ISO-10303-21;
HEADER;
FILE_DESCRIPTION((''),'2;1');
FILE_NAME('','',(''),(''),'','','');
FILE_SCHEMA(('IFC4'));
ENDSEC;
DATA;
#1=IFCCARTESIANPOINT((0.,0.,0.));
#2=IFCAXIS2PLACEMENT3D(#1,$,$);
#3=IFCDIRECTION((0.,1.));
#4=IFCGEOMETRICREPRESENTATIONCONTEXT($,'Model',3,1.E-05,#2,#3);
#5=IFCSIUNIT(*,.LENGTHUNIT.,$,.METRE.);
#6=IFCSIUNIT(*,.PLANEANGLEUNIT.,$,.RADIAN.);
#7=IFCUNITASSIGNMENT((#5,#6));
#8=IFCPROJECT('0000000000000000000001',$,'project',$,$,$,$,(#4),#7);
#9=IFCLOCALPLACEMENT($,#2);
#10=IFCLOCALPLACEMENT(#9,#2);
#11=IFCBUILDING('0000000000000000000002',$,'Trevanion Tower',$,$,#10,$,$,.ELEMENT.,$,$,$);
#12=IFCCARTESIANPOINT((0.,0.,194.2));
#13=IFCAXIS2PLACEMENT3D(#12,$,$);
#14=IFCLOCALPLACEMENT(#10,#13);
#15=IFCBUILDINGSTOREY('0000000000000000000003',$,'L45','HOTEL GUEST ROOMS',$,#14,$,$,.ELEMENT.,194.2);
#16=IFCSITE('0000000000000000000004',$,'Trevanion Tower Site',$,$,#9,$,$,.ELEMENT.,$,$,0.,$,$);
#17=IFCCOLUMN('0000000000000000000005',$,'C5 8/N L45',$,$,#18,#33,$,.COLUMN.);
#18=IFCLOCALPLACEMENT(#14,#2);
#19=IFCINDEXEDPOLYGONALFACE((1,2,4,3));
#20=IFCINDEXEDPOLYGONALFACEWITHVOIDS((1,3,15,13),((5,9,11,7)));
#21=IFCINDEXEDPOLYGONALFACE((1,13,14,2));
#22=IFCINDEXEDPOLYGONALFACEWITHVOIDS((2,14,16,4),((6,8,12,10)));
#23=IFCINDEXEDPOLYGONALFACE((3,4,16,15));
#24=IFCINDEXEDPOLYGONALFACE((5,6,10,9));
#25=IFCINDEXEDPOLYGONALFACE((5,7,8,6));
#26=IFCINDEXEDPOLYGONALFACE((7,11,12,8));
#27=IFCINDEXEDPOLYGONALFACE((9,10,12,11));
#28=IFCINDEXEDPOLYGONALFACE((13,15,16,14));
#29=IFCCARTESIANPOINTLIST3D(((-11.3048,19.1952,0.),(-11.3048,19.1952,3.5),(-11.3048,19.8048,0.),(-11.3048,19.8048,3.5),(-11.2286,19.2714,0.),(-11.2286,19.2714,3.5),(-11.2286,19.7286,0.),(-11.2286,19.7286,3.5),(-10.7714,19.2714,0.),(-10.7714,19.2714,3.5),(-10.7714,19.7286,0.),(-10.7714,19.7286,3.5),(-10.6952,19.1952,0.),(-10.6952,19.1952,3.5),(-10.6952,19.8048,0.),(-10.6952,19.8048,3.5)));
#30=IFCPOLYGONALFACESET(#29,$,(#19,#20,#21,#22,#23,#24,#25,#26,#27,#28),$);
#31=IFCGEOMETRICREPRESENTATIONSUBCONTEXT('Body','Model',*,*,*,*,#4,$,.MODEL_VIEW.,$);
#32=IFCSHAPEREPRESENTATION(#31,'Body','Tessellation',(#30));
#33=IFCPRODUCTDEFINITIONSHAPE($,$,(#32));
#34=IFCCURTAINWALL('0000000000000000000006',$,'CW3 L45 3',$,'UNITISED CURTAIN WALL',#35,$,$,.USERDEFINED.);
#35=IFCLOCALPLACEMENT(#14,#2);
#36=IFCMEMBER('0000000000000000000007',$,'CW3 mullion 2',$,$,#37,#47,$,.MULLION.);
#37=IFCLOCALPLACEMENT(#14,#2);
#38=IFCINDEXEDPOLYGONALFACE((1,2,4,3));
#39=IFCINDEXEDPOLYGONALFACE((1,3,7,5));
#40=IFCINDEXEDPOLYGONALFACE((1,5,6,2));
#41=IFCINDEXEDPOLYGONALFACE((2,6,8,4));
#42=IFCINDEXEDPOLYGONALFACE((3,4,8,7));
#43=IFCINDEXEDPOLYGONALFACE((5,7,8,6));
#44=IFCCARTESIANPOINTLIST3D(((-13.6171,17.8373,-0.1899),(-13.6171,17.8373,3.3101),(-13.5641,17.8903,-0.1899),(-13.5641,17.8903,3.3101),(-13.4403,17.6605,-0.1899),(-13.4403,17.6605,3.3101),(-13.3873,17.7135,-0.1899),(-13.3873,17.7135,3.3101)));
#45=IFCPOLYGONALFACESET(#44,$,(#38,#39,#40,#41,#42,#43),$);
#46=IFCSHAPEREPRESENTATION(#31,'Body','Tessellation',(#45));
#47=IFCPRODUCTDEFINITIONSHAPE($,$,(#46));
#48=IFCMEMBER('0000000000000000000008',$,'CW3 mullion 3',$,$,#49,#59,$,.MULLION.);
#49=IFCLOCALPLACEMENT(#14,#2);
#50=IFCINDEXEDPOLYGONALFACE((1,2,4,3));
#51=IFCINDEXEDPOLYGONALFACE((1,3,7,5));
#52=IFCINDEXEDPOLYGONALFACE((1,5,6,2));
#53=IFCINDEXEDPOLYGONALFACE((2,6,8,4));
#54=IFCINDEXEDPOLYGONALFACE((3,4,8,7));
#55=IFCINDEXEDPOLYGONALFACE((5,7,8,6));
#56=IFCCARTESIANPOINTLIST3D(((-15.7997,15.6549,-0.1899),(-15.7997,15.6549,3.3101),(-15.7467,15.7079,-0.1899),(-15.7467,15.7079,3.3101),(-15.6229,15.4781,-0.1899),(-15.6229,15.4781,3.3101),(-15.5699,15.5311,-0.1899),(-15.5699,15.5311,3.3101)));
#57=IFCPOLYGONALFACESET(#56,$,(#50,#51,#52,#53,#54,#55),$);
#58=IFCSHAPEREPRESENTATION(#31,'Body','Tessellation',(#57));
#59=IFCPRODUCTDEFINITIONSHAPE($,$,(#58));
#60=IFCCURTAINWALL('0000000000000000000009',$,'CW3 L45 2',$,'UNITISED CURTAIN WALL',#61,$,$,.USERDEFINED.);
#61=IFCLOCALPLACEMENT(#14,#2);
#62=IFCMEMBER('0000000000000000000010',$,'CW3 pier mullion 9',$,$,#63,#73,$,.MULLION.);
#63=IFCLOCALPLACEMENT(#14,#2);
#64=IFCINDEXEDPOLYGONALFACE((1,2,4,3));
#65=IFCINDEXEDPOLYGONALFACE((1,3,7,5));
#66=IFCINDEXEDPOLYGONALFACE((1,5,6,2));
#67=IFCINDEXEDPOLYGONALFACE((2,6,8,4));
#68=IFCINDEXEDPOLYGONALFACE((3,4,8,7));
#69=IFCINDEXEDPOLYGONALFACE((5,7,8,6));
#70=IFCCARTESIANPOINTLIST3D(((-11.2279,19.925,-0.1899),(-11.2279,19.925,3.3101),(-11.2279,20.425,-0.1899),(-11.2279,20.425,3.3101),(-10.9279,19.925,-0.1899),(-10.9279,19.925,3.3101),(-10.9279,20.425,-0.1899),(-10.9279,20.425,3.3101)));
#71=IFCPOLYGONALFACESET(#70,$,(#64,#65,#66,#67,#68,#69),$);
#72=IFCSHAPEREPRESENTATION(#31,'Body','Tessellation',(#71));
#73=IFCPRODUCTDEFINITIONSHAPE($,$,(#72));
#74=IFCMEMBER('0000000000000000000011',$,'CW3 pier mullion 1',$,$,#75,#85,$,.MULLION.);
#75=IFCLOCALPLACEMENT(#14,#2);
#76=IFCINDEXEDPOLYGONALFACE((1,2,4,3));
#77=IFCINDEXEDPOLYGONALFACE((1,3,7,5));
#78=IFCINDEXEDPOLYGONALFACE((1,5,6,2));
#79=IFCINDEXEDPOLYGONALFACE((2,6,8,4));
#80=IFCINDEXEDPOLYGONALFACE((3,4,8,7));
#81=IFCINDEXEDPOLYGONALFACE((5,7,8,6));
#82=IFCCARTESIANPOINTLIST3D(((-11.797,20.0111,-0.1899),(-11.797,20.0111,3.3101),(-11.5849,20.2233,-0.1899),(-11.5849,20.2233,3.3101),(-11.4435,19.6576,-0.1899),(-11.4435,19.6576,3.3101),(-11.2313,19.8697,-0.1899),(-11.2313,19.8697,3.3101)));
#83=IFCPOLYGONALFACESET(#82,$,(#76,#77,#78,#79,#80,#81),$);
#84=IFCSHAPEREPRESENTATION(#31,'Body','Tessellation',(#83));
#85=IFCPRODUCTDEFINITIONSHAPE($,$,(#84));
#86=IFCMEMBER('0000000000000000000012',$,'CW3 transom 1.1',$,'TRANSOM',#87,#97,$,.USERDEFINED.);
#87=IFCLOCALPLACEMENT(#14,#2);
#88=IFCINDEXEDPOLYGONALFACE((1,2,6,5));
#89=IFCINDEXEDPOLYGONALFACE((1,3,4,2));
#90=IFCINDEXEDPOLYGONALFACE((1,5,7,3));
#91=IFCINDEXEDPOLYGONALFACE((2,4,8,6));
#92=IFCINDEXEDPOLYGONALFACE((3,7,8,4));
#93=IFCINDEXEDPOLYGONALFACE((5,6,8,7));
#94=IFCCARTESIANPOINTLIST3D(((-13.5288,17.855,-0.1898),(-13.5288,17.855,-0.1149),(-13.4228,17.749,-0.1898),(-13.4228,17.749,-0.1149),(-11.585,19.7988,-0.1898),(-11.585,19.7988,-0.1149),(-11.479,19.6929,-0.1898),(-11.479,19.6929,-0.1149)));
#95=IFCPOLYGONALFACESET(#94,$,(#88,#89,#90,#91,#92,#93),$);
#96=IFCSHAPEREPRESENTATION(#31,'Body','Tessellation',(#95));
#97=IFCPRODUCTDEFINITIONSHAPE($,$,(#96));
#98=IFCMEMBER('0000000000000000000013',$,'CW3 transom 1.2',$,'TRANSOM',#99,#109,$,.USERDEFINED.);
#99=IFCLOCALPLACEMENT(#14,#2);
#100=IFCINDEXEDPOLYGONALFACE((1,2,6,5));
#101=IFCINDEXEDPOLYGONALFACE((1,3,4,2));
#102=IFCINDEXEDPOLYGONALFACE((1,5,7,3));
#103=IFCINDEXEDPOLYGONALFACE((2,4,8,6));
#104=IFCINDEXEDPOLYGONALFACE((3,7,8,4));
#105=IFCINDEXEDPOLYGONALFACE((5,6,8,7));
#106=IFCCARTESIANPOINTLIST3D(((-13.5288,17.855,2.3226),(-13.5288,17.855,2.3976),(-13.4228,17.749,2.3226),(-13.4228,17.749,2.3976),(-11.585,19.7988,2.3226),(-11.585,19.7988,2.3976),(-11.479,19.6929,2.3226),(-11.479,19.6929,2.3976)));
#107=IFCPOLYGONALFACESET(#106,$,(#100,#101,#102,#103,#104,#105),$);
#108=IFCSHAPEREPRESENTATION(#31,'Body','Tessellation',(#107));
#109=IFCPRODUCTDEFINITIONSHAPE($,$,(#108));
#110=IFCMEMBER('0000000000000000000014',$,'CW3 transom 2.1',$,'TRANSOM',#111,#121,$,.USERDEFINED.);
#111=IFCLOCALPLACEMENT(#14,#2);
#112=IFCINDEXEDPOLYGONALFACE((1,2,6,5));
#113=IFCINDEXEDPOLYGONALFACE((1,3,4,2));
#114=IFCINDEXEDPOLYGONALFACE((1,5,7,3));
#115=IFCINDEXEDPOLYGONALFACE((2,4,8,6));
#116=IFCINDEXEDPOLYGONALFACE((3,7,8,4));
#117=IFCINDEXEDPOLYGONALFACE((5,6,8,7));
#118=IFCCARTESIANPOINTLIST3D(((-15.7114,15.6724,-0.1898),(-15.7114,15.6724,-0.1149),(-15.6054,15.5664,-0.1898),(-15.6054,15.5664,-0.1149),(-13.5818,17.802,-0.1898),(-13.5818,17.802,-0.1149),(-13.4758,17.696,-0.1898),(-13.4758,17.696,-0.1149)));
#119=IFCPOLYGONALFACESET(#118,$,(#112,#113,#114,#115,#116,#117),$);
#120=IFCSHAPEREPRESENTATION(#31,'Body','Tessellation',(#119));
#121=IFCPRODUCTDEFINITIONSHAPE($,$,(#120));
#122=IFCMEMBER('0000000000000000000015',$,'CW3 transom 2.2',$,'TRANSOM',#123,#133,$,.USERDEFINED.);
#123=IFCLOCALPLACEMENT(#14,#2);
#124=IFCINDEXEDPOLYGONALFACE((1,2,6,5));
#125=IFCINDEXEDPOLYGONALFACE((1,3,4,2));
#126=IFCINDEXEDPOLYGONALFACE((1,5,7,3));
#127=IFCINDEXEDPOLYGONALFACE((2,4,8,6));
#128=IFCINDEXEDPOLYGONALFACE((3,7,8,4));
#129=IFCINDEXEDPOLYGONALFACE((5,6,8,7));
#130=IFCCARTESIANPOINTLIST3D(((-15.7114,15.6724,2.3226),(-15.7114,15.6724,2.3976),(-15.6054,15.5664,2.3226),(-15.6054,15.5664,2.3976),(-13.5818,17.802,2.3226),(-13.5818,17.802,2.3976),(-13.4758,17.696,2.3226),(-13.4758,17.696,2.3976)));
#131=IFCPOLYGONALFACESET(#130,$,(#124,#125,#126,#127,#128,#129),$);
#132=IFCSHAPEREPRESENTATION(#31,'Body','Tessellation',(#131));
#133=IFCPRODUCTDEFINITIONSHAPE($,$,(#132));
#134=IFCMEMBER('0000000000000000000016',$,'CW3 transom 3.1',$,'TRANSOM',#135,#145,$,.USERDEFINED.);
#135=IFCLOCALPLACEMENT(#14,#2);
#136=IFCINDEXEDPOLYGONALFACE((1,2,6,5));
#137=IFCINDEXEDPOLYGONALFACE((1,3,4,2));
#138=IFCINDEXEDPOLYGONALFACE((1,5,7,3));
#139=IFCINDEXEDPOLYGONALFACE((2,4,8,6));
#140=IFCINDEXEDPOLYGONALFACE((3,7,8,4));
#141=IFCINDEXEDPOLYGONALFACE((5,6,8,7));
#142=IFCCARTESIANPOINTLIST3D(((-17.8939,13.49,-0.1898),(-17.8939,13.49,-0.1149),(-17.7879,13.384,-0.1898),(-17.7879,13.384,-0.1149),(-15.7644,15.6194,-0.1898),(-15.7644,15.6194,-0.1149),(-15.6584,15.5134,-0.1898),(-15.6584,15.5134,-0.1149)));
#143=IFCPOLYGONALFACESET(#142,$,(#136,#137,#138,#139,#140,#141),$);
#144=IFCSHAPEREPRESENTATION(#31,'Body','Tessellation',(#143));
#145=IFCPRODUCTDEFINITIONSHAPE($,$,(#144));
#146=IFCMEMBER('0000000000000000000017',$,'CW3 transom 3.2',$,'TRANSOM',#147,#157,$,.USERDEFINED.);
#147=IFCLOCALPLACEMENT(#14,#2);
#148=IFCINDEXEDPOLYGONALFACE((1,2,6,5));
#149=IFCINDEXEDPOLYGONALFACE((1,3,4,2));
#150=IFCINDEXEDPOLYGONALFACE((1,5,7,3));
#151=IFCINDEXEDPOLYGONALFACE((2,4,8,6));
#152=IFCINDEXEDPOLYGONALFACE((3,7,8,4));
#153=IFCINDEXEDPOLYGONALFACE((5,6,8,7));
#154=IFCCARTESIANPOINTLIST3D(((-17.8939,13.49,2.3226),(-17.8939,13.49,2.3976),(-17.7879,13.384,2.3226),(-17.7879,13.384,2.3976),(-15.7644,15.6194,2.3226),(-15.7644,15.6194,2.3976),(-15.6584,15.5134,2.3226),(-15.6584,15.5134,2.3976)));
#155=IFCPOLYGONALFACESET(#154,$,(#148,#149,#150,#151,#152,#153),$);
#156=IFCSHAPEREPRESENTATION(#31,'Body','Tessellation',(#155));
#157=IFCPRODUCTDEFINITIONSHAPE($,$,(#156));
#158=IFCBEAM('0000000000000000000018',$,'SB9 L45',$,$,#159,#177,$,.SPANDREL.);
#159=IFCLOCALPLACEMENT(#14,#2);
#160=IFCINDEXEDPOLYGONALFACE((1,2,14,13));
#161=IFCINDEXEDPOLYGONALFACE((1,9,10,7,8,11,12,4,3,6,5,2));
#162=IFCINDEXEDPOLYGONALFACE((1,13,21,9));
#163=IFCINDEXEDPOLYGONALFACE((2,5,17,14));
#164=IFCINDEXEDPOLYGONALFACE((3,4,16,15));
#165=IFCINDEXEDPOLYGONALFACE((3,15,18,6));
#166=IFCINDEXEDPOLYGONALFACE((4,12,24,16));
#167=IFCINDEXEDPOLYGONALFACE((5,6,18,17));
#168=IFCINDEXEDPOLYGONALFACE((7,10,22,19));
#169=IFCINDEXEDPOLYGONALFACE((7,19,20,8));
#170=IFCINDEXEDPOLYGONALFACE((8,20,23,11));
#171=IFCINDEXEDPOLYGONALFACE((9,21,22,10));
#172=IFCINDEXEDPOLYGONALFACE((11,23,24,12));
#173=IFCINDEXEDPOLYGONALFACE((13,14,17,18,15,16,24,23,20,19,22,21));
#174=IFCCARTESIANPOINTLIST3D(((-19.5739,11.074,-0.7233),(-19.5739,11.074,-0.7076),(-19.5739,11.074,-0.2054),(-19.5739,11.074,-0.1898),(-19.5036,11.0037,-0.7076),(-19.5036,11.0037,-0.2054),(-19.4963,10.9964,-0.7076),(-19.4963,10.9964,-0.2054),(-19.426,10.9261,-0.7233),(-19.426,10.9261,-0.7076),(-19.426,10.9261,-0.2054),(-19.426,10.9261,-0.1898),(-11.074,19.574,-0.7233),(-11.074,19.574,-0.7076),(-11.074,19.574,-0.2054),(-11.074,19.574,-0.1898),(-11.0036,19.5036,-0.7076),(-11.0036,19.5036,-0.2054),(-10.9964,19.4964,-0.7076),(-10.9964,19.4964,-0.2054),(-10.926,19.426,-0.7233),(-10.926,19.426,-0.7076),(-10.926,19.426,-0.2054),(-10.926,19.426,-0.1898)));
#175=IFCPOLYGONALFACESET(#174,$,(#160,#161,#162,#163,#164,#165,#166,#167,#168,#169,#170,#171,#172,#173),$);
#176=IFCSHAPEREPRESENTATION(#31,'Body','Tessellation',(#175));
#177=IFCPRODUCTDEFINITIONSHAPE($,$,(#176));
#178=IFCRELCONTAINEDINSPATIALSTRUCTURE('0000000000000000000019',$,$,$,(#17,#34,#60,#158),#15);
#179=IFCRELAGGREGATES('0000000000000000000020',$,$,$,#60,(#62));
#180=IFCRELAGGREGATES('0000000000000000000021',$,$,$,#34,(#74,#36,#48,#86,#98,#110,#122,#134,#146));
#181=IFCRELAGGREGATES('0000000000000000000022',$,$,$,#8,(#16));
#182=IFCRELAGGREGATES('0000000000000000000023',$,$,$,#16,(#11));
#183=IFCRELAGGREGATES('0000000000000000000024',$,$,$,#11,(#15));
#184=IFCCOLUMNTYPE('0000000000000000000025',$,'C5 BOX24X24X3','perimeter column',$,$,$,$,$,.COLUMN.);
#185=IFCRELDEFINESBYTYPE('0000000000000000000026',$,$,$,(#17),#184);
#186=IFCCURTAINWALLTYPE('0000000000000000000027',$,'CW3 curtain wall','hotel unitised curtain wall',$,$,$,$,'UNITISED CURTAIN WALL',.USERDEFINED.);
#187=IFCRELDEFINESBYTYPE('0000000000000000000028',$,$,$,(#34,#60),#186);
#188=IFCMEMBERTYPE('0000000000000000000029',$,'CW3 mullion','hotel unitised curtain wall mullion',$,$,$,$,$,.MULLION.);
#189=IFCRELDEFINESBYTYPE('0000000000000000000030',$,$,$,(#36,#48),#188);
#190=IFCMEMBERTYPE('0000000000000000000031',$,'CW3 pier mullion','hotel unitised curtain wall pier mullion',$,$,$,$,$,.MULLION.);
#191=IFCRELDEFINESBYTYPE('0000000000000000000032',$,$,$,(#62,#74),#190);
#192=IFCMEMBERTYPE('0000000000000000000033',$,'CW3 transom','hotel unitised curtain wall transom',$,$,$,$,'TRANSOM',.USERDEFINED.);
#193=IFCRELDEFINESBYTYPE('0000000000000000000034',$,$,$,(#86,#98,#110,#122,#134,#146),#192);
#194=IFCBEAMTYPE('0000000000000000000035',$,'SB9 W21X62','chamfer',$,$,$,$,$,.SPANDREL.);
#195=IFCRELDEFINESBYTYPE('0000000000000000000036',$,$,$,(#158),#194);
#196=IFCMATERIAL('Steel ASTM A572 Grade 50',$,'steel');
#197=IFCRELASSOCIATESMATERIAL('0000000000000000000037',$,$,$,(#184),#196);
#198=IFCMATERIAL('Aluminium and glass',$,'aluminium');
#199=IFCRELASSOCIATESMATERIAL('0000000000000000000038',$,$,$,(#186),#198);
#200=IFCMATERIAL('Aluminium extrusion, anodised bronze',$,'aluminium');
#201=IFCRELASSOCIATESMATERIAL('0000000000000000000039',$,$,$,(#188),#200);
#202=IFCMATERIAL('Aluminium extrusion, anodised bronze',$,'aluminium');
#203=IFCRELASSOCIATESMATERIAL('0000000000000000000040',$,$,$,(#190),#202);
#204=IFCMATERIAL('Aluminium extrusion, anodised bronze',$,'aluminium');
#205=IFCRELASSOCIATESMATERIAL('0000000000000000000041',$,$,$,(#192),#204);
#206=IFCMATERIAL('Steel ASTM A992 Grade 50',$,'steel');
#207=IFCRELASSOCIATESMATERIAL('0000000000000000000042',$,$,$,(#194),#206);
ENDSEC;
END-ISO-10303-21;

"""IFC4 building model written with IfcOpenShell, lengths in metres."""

from ifc_helpers import new_model, si_unit, direction, frame, origin, origin_2d, place, context, subcontext, project, spatial, rectangle, hollow_rectangle, i_section, extrude, material, material_profile, profile_set, type_object, element, aggregate, save


model = new_model("IFC4")

# Units and contexts
model_context = context("Model", 3, precision=1e-05, world=origin(), true_north=direction((0.0, 1.0)))
body_context = subcontext(model_context, "Body", "Model", "MODEL_VIEW")
ifc_project = project(units=[si_unit("LENGTHUNIT", "METRE"), si_unit("PLANEANGLEUNIT", "RADIAN")], contexts=[model_context])

# Site, building, storey
site_placement = place(None, origin())
site = spatial("IfcSite", under=ifc_project, at=site_placement, Name="Trevanion Tower Site", CompositionType="ELEMENT", RefElevation=0.0)
building_placement = place(site_placement, origin())
building = spatial("IfcBuilding", under=site, at=building_placement, Name="Trevanion Tower", CompositionType="ELEMENT")
storey_placement = place(building_placement, frame((0.0, 0.0, 194.2)))
storey = spatial("IfcBuildingStorey", under=building, at=storey_placement, Name="L45", Description="HOTEL GUEST ROOMS", CompositionType="ELEMENT", Elevation=194.2)

# Column
ifc_material_1 = material(Name="Steel ASTM A572 Grade 50", Category="steel")
ifc_material_profile_1 = material_profile(ifc_material_1, hollow_rectangle(XDim=0.6096, YDim=0.6096, WallThickness=0.0762, at=origin_2d()), Name="BOX24X24X3")
ifc_profile_set_1 = profile_set([ifc_material_profile_1], Name="Steel ASTM A572 Grade 50")
column_type = type_object("IfcColumnType", Name="C5 BOX24X24X3", Description="perimeter column", PredefinedType="COLUMN", material=ifc_profile_set_1)
column_placement = place(storey_placement, frame((-11.0, 19.5, 0.0), z_axis=(0.0, 0.0, 1.0), x_axis=(1.0, 0.0, 0.0)))
element("IfcColumn", 1, at=column_placement, inside=storey, type_object=column_type, Name="C5 8/N L45", PredefinedType="COLUMN", context=body_context, shape_type="SweptSolid", body=[
    extrude(hollow_rectangle(XDim=0.6096, YDim=0.6096, WallThickness=0.0762, at=origin_2d()), origin(), (0.0, 0.0, 1.0), 3.5),
])

# Curtain wall, members
ifc_material_2 = material(Name="Aluminium and glass", Category="aluminium")
curtain_wall_type = type_object("IfcCurtainWallType", Name="CW3 curtain wall", Description="hotel unitised curtain wall", ElementType="UNITISED CURTAIN WALL", PredefinedType="USERDEFINED", material=ifc_material_2)
curtain_wall_1_placement = place(storey_placement, origin())
curtain_wall_1 = element("IfcCurtainWall", 2, at=curtain_wall_1_placement, inside=storey, type_object=curtain_wall_type, Name="CW3 L45 3", ObjectType="UNITISED CURTAIN WALL", PredefinedType="USERDEFINED")
ifc_material_3 = material(Name="Aluminium extrusion, anodised bronze", Category="aluminium")
ifc_material_profile_2 = material_profile(ifc_material_3, rectangle(XDim=0.075, YDim=0.25, at=origin_2d()), Name="CW3 mullion")
ifc_profile_set_2 = profile_set([ifc_material_profile_2], Name="Aluminium extrusion, anodised bronze")
member_type_1 = type_object("IfcMemberType", Name="CW3 mullion", Description="hotel unitised curtain wall mullion", PredefinedType="MULLION", material=ifc_profile_set_2)
member_1_placement = place(storey_placement, frame((-13.5022, 17.7754, -0.1899), z_axis=(0.0, 0.0, 1.0), x_axis=(-0.707107, -0.707107, 0.0)))
member_1 = element("IfcMember", 3, at=member_1_placement, type_object=member_type_1, Name="CW3 mullion 2", PredefinedType="MULLION", context=body_context, shape_type="SweptSolid", body=[
    extrude(rectangle(XDim=0.075, YDim=0.25, at=origin_2d()), origin(), (0.0, 0.0, 1.0), 3.5),
])
member_2_placement = place(storey_placement, frame((-15.6848, 15.593, -0.1899), z_axis=(0.0, 0.0, 1.0), x_axis=(-0.707107, -0.707107, 0.0)))
member_2 = element("IfcMember", 4, at=member_2_placement, type_object=member_type_1, Name="CW3 mullion 3", PredefinedType="MULLION", context=body_context, shape_type="SweptSolid", body=[
    extrude(rectangle(XDim=0.075, YDim=0.25, at=origin_2d()), origin(), (0.0, 0.0, 1.0), 3.5),
])

# Curtain wall, member
curtain_wall_2_placement = place(storey_placement, origin())
curtain_wall_2 = element("IfcCurtainWall", 5, at=curtain_wall_2_placement, inside=storey, type_object=curtain_wall_type, Name="CW3 L45 2", ObjectType="UNITISED CURTAIN WALL", PredefinedType="USERDEFINED")
ifc_material_4 = material(Name="Aluminium extrusion, anodised bronze", Category="aluminium")
ifc_material_profile_3 = material_profile(ifc_material_4, rectangle(XDim=0.3, YDim=0.5, at=origin_2d()), Name="CW3 pier mullion")
ifc_profile_set_3 = profile_set([ifc_material_profile_3], Name="Aluminium extrusion, anodised bronze")
member_type_2 = type_object("IfcMemberType", Name="CW3 pier mullion", Description="hotel unitised curtain wall pier mullion", PredefinedType="MULLION", material=ifc_profile_set_3)
member_3_placement = place(storey_placement, frame((-11.0779, 20.175, -0.1899), z_axis=(0.0, 0.0, 1.0), x_axis=(-1.0, 0.0, 0.0)))
member_3 = element("IfcMember", 6, at=member_3_placement, type_object=member_type_2, Name="CW3 pier mullion 9", PredefinedType="MULLION", context=body_context, shape_type="SweptSolid", body=[
    extrude(rectangle(XDim=0.3, YDim=0.5, at=origin_2d()), origin(), (0.0, 0.0, 1.0), 3.5),
])
aggregate(curtain_wall_2, [member_3])

# Members
member_4_placement = place(storey_placement, frame((-11.5142, 19.9404, -0.1899), z_axis=(0.0, 0.0, 1.0), x_axis=(-0.707107, -0.707107, 0.0)))
member_4 = element("IfcMember", 7, at=member_4_placement, type_object=member_type_2, Name="CW3 pier mullion 1", PredefinedType="MULLION", context=body_context, shape_type="SweptSolid", body=[
    extrude(rectangle(XDim=0.3, YDim=0.5, at=origin_2d()), origin(), (0.0, 0.0, 1.0), 3.5),
])
ifc_material_5 = material(Name="Aluminium extrusion, anodised bronze", Category="aluminium")
ifc_material_profile_4 = material_profile(ifc_material_5, rectangle(XDim=0.1499, YDim=0.075, at=origin_2d()), Name="CW3 transom")
ifc_profile_set_4 = profile_set([ifc_material_profile_4], Name="Aluminium extrusion, anodised bronze")
member_type_3 = type_object("IfcMemberType", Name="CW3 transom", Description="hotel unitised curtain wall transom", ElementType="TRANSOM", PredefinedType="USERDEFINED", material=ifc_profile_set_4)
member_5_placement = place(storey_placement, frame((-11.532, 19.7458, -0.1523), z_axis=(-0.707107, -0.707107, 0.0), x_axis=(0.707107, -0.707107, 0.0)))
member_5 = element("IfcMember", 8, at=member_5_placement, type_object=member_type_3, Name="CW3 transom 1.1", ObjectType="TRANSOM", PredefinedType="USERDEFINED", context=body_context, shape_type="SweptSolid", body=[
    extrude(rectangle(XDim=0.1499, YDim=0.075, at=origin_2d()), origin(), (0.0, 0.0, 1.0), 2.749),
])
member_6_placement = place(storey_placement, frame((-11.532, 19.7458, 2.3601), z_axis=(-0.707107, -0.707107, 0.0), x_axis=(0.707107, -0.707107, 0.0)))
member_6 = element("IfcMember", 9, at=member_6_placement, type_object=member_type_3, Name="CW3 transom 1.2", ObjectType="TRANSOM", PredefinedType="USERDEFINED", context=body_context, shape_type="SweptSolid", body=[
    extrude(rectangle(XDim=0.1499, YDim=0.075, at=origin_2d()), origin(), (0.0, 0.0, 1.0), 2.749),
])
member_7_placement = place(storey_placement, frame((-13.5288, 17.749, -0.1523), z_axis=(-0.707107, -0.707107, 0.0), x_axis=(0.707107, -0.707107, 0.0)))
member_7 = element("IfcMember", 10, at=member_7_placement, type_object=member_type_3, Name="CW3 transom 2.1", ObjectType="TRANSOM", PredefinedType="USERDEFINED", context=body_context, shape_type="SweptSolid", body=[
    extrude(rectangle(XDim=0.1499, YDim=0.075, at=origin_2d()), origin(), (0.0, 0.0, 1.0), 3.0117),
])
member_8_placement = place(storey_placement, frame((-13.5288, 17.749, 2.3601), z_axis=(-0.707107, -0.707107, 0.0), x_axis=(0.707107, -0.707107, 0.0)))
member_8 = element("IfcMember", 11, at=member_8_placement, type_object=member_type_3, Name="CW3 transom 2.2", ObjectType="TRANSOM", PredefinedType="USERDEFINED", context=body_context, shape_type="SweptSolid", body=[
    extrude(rectangle(XDim=0.1499, YDim=0.075, at=origin_2d()), origin(), (0.0, 0.0, 1.0), 3.0117),
])
member_9_placement = place(storey_placement, frame((-15.7114, 15.5664, -0.1523), z_axis=(-0.707107, -0.707107, 0.0), x_axis=(0.707107, -0.707107, 0.0)))
member_9 = element("IfcMember", 12, at=member_9_placement, type_object=member_type_3, Name="CW3 transom 3.1", ObjectType="TRANSOM", PredefinedType="USERDEFINED", context=body_context, shape_type="SweptSolid", body=[
    extrude(rectangle(XDim=0.1499, YDim=0.075, at=origin_2d()), origin(), (0.0, 0.0, 1.0), 3.0115),
])
member_10_placement = place(storey_placement, frame((-15.7114, 15.5664, 2.3601), z_axis=(-0.707107, -0.707107, 0.0), x_axis=(0.707107, -0.707107, 0.0)))
member_10 = element("IfcMember", 13, at=member_10_placement, type_object=member_type_3, Name="CW3 transom 3.2", ObjectType="TRANSOM", PredefinedType="USERDEFINED", context=body_context, shape_type="SweptSolid", body=[
    extrude(rectangle(XDim=0.1499, YDim=0.075, at=origin_2d()), origin(), (0.0, 0.0, 1.0), 3.0115),
])

# Beam
ifc_material_6 = material(Name="Steel ASTM A992 Grade 50", Category="steel")
ifc_material_profile_5 = material_profile(ifc_material_6, i_section(OverallWidth=0.2092, OverallDepth=0.5334, WebThickness=0.0103, FlangeThickness=0.0156, at=origin_2d()), Name="W21X62")
ifc_profile_set_5 = profile_set([ifc_material_profile_5], Name="Steel ASTM A992 Grade 50")
beam_type = type_object("IfcBeamType", Name="SB9 W21X62", Description="chamfer", PredefinedType="SPANDREL", material=ifc_profile_set_5)
beam_placement = place(storey_placement, frame((-11.0, 19.5, -0.4565), z_axis=(-0.707107, -0.707107, 0.0), x_axis=(0.707107, -0.707107, 0.0)))
element("IfcBeam", 14, at=beam_placement, inside=storey, type_object=beam_type, Name="SB9 L45", PredefinedType="SPANDREL", context=body_context, shape_type="SweptSolid", body=[
    extrude(i_section(OverallWidth=0.2092, OverallDepth=0.5334, WebThickness=0.0103, FlangeThickness=0.0156, at=origin_2d()), origin(), (0.0, 0.0, 1.0), 12.0208),
])

aggregate(curtain_wall_1, [member_4, member_1, member_2, member_5, member_6, member_7, member_8, member_9, member_10])

save(model, "model.ifc")
